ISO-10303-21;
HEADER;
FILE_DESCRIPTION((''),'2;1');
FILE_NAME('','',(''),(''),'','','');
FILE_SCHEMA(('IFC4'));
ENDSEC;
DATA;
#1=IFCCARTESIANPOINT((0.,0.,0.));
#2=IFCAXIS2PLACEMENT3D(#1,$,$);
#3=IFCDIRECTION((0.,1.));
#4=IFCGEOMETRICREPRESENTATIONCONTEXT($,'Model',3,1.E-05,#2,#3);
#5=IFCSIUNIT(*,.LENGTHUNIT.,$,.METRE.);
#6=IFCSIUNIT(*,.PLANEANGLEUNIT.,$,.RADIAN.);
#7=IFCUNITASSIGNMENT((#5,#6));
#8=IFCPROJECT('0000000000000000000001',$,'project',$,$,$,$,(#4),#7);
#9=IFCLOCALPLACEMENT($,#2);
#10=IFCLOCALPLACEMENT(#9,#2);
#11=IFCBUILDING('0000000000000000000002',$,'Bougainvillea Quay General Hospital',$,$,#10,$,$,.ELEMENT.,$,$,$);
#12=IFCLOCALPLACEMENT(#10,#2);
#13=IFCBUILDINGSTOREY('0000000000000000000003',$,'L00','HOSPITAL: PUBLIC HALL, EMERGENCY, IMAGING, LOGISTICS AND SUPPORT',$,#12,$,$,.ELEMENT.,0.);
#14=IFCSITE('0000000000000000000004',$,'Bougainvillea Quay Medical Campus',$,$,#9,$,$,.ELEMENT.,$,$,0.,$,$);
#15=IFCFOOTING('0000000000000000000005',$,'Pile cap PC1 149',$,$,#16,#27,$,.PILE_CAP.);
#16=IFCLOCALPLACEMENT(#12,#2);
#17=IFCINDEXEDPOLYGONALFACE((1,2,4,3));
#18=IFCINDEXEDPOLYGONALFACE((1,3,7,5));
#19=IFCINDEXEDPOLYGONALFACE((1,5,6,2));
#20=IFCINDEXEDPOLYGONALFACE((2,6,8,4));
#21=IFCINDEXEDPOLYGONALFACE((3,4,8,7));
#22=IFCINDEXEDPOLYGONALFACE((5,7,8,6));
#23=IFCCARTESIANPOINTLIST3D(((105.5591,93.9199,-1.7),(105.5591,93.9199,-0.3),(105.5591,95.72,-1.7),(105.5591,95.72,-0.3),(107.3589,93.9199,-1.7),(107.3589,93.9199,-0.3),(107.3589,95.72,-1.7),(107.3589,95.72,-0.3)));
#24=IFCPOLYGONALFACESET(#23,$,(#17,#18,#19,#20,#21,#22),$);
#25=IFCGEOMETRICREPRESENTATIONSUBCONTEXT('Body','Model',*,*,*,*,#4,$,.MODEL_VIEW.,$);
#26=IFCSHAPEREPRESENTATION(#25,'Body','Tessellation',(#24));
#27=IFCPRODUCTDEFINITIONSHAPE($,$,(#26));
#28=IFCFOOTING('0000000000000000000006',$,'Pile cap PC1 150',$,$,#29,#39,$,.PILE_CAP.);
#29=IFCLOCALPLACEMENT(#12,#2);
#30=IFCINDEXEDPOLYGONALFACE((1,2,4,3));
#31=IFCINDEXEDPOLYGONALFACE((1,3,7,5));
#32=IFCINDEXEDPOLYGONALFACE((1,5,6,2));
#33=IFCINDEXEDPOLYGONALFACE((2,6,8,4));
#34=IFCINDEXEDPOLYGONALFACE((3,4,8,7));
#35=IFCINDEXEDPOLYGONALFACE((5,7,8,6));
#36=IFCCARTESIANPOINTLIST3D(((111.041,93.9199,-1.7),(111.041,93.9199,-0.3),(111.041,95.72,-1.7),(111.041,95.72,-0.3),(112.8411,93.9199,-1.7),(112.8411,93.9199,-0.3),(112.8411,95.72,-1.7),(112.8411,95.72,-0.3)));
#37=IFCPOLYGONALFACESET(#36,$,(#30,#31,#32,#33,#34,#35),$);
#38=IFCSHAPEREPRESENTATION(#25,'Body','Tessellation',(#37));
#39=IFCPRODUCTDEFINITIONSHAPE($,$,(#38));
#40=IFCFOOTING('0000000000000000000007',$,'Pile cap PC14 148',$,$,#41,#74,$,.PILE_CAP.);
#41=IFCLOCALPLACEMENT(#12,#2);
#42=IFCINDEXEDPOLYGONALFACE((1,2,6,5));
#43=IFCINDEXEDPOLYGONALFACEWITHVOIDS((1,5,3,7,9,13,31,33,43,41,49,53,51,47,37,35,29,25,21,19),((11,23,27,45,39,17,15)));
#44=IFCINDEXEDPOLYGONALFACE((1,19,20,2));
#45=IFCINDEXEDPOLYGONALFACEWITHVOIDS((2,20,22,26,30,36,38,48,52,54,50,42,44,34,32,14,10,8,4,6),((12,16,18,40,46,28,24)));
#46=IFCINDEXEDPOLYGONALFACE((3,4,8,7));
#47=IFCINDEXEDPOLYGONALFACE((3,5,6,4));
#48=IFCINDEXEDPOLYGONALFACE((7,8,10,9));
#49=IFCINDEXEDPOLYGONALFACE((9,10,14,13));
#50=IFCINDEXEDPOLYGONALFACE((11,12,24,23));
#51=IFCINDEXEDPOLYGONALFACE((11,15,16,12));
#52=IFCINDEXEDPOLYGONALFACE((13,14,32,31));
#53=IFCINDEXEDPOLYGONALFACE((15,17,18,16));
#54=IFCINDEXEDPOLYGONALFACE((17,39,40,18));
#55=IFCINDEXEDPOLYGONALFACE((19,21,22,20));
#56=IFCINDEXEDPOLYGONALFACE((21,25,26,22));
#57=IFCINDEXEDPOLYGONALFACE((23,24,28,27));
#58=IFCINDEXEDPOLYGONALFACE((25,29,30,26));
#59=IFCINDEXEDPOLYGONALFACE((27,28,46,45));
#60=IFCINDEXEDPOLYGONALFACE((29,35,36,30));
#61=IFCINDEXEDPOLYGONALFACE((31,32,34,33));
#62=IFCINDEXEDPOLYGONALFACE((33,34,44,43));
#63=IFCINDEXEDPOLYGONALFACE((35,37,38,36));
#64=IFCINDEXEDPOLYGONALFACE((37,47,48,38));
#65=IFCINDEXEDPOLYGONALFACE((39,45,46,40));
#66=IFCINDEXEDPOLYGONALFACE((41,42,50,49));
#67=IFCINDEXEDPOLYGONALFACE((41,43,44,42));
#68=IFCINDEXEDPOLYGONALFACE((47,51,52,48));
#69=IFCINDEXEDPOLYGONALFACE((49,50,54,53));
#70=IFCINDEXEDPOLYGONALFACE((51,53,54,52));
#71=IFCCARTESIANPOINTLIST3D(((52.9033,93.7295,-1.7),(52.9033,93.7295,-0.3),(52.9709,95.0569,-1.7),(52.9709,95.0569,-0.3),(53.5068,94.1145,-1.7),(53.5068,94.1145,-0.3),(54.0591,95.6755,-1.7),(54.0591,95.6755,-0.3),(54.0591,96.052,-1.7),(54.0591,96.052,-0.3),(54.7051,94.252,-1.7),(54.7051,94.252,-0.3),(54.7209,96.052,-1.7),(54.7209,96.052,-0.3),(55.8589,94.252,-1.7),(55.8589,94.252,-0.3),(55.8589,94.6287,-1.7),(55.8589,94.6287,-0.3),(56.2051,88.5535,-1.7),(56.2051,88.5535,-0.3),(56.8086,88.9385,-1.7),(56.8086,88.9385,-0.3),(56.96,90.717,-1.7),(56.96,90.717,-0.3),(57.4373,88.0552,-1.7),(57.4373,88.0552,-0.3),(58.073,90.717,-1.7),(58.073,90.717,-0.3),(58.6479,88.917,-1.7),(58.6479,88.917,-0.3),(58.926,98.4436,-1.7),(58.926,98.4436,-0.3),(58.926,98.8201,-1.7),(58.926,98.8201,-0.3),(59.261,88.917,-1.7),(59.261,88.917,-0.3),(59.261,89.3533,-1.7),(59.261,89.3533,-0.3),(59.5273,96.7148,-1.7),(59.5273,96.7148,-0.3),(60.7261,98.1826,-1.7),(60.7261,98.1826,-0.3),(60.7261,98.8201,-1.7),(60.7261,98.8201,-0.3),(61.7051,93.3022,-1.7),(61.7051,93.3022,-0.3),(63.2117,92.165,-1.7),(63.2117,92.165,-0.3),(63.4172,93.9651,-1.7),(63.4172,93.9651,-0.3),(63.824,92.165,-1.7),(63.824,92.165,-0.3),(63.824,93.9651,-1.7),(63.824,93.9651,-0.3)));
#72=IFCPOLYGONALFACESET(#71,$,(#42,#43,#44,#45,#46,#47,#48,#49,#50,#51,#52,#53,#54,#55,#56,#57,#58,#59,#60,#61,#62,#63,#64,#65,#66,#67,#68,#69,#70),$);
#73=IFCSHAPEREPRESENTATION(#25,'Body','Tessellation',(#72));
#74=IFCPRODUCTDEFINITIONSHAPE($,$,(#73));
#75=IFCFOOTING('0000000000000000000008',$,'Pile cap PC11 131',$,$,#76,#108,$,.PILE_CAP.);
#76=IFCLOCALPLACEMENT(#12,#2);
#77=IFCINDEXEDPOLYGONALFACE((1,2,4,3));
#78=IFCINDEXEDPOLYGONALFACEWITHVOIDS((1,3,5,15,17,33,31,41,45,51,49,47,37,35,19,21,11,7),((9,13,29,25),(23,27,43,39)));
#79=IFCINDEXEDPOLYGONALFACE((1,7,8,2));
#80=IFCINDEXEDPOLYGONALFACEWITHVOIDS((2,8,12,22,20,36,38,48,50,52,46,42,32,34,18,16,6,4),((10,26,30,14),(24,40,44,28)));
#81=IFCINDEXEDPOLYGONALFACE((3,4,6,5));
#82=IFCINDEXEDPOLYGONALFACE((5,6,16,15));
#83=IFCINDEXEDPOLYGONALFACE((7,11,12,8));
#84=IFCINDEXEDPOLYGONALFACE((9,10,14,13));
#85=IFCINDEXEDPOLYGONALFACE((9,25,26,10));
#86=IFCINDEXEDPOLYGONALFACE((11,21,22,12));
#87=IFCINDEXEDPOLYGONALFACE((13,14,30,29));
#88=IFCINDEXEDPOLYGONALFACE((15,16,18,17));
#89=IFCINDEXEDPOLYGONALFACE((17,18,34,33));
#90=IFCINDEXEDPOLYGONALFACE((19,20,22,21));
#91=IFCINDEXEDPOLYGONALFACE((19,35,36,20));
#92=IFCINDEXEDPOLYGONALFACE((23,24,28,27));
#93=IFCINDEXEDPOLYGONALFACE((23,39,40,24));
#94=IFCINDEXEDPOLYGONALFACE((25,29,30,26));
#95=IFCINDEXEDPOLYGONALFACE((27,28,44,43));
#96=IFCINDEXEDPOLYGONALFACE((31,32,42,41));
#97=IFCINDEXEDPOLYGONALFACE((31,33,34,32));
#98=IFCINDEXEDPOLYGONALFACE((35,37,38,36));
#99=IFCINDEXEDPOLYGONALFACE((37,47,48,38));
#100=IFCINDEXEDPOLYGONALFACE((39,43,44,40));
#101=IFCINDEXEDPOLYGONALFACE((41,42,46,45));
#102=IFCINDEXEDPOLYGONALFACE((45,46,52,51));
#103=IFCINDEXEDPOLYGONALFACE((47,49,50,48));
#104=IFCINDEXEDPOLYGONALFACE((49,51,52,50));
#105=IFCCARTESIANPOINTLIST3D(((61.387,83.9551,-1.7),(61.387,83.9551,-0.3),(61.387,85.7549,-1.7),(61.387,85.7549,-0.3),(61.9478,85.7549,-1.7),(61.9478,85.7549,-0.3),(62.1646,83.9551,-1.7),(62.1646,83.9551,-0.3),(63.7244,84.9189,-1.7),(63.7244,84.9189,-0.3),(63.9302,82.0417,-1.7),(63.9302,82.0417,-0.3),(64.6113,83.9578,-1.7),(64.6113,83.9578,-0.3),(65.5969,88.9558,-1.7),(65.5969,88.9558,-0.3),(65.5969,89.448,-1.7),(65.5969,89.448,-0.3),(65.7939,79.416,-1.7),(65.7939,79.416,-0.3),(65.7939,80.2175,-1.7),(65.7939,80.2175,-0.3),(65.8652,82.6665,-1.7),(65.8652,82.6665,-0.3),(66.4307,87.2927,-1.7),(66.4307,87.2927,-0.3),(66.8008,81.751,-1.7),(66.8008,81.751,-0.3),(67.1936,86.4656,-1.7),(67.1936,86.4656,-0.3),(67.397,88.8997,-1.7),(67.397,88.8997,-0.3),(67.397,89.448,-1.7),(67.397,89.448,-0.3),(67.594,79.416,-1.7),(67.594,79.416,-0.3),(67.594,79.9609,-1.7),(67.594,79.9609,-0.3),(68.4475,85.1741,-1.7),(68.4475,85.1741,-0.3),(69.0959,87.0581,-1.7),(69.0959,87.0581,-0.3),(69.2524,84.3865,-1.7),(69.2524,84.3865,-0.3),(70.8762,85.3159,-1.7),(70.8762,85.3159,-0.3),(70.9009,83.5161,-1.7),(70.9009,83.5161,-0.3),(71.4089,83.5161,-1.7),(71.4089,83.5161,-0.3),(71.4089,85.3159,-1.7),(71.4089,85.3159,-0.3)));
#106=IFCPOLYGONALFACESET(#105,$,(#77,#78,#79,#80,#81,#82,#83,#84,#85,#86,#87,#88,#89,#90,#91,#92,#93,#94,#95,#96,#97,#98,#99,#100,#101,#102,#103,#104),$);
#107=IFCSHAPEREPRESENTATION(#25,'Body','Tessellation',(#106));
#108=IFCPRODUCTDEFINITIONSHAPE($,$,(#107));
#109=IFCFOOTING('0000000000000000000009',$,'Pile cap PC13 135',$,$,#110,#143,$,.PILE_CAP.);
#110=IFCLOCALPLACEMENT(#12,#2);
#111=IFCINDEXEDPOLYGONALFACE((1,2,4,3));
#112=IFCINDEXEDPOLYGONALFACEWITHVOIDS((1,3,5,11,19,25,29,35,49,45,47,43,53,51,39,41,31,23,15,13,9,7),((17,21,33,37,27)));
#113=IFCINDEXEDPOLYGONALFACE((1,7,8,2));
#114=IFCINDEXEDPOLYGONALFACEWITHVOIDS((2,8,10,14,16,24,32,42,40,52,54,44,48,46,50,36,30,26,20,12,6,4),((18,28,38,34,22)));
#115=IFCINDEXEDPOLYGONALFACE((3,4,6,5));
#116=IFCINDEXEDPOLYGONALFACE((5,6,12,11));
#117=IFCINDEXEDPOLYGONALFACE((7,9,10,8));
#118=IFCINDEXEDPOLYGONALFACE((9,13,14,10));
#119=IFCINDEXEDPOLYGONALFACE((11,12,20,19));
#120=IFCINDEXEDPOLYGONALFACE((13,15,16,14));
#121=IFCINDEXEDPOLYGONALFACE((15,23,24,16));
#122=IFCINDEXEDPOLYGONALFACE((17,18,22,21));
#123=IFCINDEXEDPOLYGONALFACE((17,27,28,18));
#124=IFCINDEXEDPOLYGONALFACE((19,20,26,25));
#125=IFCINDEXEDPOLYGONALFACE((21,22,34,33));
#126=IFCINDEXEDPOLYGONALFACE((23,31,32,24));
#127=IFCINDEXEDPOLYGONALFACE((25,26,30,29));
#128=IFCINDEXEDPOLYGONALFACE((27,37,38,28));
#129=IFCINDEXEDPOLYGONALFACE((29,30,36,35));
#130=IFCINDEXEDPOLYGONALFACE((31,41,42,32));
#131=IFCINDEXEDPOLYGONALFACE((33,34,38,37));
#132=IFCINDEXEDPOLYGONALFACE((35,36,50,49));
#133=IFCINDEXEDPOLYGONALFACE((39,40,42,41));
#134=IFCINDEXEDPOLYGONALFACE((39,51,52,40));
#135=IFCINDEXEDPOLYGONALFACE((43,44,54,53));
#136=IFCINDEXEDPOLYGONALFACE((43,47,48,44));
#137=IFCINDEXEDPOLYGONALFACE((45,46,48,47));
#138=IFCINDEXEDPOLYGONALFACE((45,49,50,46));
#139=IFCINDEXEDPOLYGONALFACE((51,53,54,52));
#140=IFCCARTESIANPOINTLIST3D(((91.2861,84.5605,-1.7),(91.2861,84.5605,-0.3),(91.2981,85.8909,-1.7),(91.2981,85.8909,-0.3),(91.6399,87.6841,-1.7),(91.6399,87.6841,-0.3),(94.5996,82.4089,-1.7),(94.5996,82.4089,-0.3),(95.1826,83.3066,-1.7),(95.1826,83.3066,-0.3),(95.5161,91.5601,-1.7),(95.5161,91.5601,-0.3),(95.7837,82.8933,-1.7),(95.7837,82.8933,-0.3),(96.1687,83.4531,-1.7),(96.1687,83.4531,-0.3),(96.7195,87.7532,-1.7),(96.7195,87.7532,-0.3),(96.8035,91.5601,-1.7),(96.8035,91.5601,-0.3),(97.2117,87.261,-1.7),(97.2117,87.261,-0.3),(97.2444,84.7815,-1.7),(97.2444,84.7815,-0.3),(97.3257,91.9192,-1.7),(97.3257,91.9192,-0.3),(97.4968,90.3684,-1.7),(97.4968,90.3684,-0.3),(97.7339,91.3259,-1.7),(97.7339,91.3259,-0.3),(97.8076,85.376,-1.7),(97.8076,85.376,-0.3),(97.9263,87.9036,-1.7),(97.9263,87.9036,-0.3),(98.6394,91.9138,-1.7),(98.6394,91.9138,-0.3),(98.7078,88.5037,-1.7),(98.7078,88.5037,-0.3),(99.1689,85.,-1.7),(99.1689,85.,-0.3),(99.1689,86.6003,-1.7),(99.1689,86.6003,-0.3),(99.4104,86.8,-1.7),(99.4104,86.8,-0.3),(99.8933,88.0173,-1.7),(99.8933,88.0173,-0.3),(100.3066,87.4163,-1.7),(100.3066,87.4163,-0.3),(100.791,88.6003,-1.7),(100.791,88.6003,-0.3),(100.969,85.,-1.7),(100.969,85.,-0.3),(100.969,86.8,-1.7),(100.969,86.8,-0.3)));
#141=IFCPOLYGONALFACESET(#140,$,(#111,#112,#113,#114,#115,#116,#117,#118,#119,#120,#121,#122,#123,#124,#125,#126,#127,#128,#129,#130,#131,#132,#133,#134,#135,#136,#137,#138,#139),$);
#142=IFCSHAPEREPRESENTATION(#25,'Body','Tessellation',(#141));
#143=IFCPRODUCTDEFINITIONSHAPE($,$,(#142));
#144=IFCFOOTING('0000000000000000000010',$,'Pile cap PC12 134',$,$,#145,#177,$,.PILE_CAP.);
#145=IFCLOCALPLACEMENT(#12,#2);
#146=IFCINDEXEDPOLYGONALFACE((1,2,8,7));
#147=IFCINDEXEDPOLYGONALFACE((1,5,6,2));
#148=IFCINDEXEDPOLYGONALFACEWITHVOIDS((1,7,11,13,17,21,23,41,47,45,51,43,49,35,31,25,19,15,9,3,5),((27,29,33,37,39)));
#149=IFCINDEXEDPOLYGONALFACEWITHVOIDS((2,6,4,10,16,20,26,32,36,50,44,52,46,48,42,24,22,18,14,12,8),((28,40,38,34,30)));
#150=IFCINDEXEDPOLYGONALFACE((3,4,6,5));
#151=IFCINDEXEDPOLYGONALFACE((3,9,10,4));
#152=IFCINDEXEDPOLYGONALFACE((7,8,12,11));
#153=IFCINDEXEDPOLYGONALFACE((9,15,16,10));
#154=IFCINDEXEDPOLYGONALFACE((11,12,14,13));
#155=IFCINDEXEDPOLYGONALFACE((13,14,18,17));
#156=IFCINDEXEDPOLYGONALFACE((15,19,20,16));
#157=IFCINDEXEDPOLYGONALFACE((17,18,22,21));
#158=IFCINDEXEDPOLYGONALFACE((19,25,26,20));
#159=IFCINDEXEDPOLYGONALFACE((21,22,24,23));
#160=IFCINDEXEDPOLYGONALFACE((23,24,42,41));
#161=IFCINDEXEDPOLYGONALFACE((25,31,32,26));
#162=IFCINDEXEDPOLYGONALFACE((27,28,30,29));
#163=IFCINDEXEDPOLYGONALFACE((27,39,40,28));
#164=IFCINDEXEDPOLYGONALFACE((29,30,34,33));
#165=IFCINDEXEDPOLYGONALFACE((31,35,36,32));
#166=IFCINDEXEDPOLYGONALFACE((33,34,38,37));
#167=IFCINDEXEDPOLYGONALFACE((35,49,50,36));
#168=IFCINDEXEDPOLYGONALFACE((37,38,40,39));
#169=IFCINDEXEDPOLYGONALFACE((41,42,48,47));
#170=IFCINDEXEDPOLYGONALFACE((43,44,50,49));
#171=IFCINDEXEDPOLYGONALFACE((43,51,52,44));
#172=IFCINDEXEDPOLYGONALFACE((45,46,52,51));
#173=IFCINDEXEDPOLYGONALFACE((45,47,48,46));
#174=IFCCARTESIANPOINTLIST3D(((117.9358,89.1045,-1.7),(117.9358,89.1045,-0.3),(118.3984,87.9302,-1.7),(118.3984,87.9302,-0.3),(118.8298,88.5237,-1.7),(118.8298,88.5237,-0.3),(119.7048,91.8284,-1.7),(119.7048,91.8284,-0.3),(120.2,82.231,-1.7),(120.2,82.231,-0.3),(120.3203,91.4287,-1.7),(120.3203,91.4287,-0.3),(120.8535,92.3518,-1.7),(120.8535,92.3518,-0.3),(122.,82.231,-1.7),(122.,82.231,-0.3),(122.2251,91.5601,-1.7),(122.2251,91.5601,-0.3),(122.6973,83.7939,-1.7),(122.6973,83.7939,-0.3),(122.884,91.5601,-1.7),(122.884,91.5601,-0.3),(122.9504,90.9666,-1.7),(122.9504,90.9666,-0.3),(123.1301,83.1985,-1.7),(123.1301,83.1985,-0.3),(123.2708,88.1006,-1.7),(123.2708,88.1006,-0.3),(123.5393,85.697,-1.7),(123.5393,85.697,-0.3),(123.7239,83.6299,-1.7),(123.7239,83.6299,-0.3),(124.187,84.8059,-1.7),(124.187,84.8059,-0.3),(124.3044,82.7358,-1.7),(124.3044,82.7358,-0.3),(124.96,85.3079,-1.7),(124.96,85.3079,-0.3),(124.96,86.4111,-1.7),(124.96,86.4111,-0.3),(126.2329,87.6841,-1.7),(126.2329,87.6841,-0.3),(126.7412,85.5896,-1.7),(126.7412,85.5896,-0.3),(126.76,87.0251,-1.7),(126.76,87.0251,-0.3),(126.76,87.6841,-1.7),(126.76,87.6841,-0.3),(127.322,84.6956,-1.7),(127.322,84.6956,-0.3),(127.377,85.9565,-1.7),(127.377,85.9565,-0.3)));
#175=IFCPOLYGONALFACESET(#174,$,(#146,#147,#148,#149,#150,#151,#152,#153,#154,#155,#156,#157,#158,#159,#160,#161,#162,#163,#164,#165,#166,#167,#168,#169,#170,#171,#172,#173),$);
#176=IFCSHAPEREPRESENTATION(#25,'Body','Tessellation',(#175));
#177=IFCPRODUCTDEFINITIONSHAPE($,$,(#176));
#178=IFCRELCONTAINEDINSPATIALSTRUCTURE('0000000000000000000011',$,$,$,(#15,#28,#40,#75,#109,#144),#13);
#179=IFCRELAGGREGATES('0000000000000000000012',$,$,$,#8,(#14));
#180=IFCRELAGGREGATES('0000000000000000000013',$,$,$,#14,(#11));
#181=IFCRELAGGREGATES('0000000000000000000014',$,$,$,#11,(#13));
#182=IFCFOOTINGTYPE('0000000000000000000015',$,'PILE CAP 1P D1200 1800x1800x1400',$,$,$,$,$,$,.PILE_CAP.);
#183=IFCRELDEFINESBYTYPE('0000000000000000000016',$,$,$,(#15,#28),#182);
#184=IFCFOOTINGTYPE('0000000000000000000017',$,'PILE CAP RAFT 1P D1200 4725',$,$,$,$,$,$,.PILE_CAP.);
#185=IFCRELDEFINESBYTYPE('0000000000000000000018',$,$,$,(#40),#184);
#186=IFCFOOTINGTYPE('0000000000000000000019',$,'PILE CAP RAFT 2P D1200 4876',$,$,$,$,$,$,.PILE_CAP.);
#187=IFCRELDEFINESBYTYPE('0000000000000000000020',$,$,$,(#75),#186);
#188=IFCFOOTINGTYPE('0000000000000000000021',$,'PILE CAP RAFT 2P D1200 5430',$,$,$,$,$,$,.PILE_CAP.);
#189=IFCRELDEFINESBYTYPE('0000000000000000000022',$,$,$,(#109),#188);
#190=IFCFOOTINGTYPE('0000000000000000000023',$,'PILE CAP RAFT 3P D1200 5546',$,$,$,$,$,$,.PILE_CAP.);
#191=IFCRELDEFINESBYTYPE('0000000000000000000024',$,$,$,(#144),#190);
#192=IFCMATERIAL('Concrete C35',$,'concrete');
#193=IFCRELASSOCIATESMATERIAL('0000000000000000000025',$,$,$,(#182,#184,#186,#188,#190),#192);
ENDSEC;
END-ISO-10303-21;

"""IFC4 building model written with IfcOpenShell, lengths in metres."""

from ifc_helpers import new_model, si_unit, direction, frame, origin, place, context, subcontext, project, spatial, polyline, outline, extrude, material, type_object, element, save


model = new_model("IFC4")

# Units and contexts
model_context = context("Model", 3, precision=1e-05, world=origin(), true_north=direction((0.0, 1.0)))
body_context = subcontext(model_context, "Body", "Model", "MODEL_VIEW")
ifc_project = project(units=[si_unit("LENGTHUNIT", "METRE"), si_unit("PLANEANGLEUNIT", "RADIAN")], contexts=[model_context])

# Site, building, storey
site_placement = place(None, origin())
site = spatial("IfcSite", under=ifc_project, at=site_placement, Name="Bougainvillea Quay Medical Campus", CompositionType="ELEMENT", RefElevation=0.0)
building_placement = place(site_placement, origin())
building = spatial("IfcBuilding", under=site, at=building_placement, Name="Bougainvillea Quay General Hospital", CompositionType="ELEMENT")
storey_placement = place(building_placement, origin())
storey = spatial("IfcBuildingStorey", under=building, at=storey_placement, Name="L00", Description="HOSPITAL: PUBLIC HALL, EMERGENCY, IMAGING, LOGISTICS AND SUPPORT", CompositionType="ELEMENT", Elevation=0.0)

# Footings
ifc_material = material(Name="Concrete C35", Category="concrete")
footing_type_1 = type_object("IfcFootingType", Name="PILE CAP 1P D1200 1800x1800x1400", PredefinedType="PILE_CAP", material=ifc_material)
footing_1_placement = place(storey_placement, frame((0.0, 0.0, -1.7)))
element("IfcFooting", 1, at=footing_1_placement, inside=storey, type_object=footing_type_1, Name="Pile cap PC1 149", PredefinedType="PILE_CAP", context=body_context, shape_type="SweptSolid", body=[
    extrude(outline(polyline([(105.5591, 93.9199), (107.3589, 93.9199), (107.3589, 95.72), (105.5591, 95.72), (105.5591, 93.9199)])), origin(), (0.0, 0.0, 1.0), 1.3999),
])
footing_2_placement = place(storey_placement, frame((0.0, 0.0, -1.7)))
element("IfcFooting", 2, at=footing_2_placement, inside=storey, type_object=footing_type_1, Name="Pile cap PC1 150", PredefinedType="PILE_CAP", context=body_context, shape_type="SweptSolid", body=[
    extrude(outline(polyline([(111.041, 93.9199), (112.8411, 93.9199), (112.8411, 95.72), (111.041, 95.72), (111.041, 93.9199)])), origin(), (0.0, 0.0, 1.0), 1.3999),
])
footing_type_2 = type_object("IfcFootingType", Name="PILE CAP RAFT 1P D1200 4725", PredefinedType="PILE_CAP", material=ifc_material)
footing_3_placement = place(storey_placement, frame((0.0, 0.0, -1.7)))
element("IfcFooting", 3, at=footing_3_placement, inside=storey, type_object=footing_type_2, Name="Pile cap PC14 148", PredefinedType="PILE_CAP", context=body_context, shape_type="SweptSolid", body=[
    extrude(outline(polyline([(63.824, 93.9651), (63.824, 92.165), (63.2117, 92.165), (59.261, 89.3533), (59.261, 88.917), (58.6479, 88.917), (57.4373, 88.0552), (56.8086, 88.9385), (56.2051, 88.5535), (52.9033, 93.7295), (53.5068, 94.1145), (52.9709, 95.0569), (54.0591, 95.6755), (54.0591, 96.052), (54.7209, 96.052), (58.926, 98.4436), (58.926, 98.8201), (60.7261, 98.8201), (60.7261, 98.1826), (63.4172, 93.9651), (63.824, 93.9651)]), holes=[polyline([(55.8589, 94.6287), (55.8589, 94.252), (54.7051, 94.252), (56.96, 90.717), (58.073, 90.717), (61.7051, 93.3022), (59.5273, 96.7148), (55.8589, 94.6287)])]), origin(), (0.0, 0.0, 1.0), 1.3999),
])
footing_type_3 = type_object("IfcFootingType", Name="PILE CAP RAFT 2P D1200 4876", PredefinedType="PILE_CAP", material=ifc_material)
footing_4_placement = place(storey_placement, frame((0.0, 0.0, -1.7)))
element("IfcFooting", 4, at=footing_4_placement, inside=storey, type_object=footing_type_3, Name="Pile cap PC11 131", PredefinedType="PILE_CAP", context=body_context, shape_type="SweptSolid", body=[
    extrude(outline(polyline([(71.4089, 85.3159), (71.4089, 83.5161), (70.9009, 83.5161), (67.594, 79.9609), (67.594, 79.416), (65.7939, 79.416), (65.7939, 80.2175), (63.9302, 82.0417), (62.1646, 83.9551), (61.387, 83.9551), (61.387, 85.7549), (61.9478, 85.7549), (65.5969, 88.9558), (65.5969, 89.448), (67.397, 89.448), (67.397, 88.8997), (69.0959, 87.0581), (70.8762, 85.3159), (71.4089, 85.3159)]), holes=[polyline([(65.8652, 82.6665), (66.8008, 81.751), (69.2524, 84.3865), (68.4475, 85.1741), (65.8652, 82.6665)]), polyline([(64.6113, 83.9578), (67.1936, 86.4656), (66.4307, 87.2927), (63.7244, 84.9189), (64.6113, 83.9578)])]), origin(), (0.0, 0.0, 1.0), 1.3999),
])
footing_type_4 = type_object("IfcFootingType", Name="PILE CAP RAFT 2P D1200 5430", PredefinedType="PILE_CAP", material=ifc_material)
footing_5_placement = place(storey_placement, frame((0.0, 0.0, -1.7)))
element("IfcFooting", 5, at=footing_5_placement, inside=storey, type_object=footing_type_4, Name="Pile cap PC13 135", PredefinedType="PILE_CAP", context=body_context, shape_type="SweptSolid", body=[
    extrude(outline(polyline([(95.7837, 82.8933), (95.1826, 83.3066), (94.5996, 82.4089), (91.2861, 84.5605), (91.2981, 85.8909), (91.6399, 87.6841), (95.5161, 91.5601), (96.8035, 91.5601), (97.3257, 91.9192), (97.7339, 91.3259), (98.6394, 91.9138), (100.791, 88.6003), (99.8933, 88.0173), (100.3066, 87.4163), (99.4104, 86.8), (100.969, 86.8), (100.969, 85.0), (99.1689, 85.0), (99.1689, 86.6003), (97.8076, 85.376), (97.2444, 84.7815), (96.1687, 83.4531), (95.7837, 82.8933)]), holes=[polyline([(98.7078, 88.5037), (97.4968, 90.3684), (96.7195, 87.7532), (97.2117, 87.261), (97.9263, 87.9036), (98.7078, 88.5037)])]), origin(), (0.0, 0.0, 1.0), 1.3999),
])
footing_type_5 = type_object("IfcFootingType", Name="PILE CAP RAFT 3P D1200 5546", PredefinedType="PILE_CAP", material=ifc_material)
footing_6_placement = place(storey_placement, frame((0.0, 0.0, -1.7)))
element("IfcFooting", 6, at=footing_6_placement, inside=storey, type_object=footing_type_5, Name="Pile cap PC12 134", PredefinedType="PILE_CAP", context=body_context, shape_type="SweptSolid", body=[
    extrude(outline(polyline([(126.7412, 85.5896), (127.322, 84.6956), (124.3044, 82.7358), (123.7239, 83.6299), (123.1301, 83.1985), (122.6973, 83.7939), (122.0, 82.231), (120.2, 82.231), (118.3984, 87.9302), (118.8298, 88.5237), (117.9358, 89.1045), (119.7048, 91.8284), (120.3203, 91.4287), (120.8535, 92.3518), (122.2251, 91.5601), (122.884, 91.5601), (122.9504, 90.9666), (126.2329, 87.6841), (126.76, 87.6841), (126.76, 87.0251), (127.377, 85.9565), (126.7412, 85.5896)]), holes=[polyline([(124.96, 86.4111), (123.2708, 88.1006), (123.5393, 85.697), (124.187, 84.8059), (124.96, 85.3079), (124.96, 86.4111)])]), origin(), (0.0, 0.0, 1.0), 1.3999),
])

save(model, "model.ifc")
